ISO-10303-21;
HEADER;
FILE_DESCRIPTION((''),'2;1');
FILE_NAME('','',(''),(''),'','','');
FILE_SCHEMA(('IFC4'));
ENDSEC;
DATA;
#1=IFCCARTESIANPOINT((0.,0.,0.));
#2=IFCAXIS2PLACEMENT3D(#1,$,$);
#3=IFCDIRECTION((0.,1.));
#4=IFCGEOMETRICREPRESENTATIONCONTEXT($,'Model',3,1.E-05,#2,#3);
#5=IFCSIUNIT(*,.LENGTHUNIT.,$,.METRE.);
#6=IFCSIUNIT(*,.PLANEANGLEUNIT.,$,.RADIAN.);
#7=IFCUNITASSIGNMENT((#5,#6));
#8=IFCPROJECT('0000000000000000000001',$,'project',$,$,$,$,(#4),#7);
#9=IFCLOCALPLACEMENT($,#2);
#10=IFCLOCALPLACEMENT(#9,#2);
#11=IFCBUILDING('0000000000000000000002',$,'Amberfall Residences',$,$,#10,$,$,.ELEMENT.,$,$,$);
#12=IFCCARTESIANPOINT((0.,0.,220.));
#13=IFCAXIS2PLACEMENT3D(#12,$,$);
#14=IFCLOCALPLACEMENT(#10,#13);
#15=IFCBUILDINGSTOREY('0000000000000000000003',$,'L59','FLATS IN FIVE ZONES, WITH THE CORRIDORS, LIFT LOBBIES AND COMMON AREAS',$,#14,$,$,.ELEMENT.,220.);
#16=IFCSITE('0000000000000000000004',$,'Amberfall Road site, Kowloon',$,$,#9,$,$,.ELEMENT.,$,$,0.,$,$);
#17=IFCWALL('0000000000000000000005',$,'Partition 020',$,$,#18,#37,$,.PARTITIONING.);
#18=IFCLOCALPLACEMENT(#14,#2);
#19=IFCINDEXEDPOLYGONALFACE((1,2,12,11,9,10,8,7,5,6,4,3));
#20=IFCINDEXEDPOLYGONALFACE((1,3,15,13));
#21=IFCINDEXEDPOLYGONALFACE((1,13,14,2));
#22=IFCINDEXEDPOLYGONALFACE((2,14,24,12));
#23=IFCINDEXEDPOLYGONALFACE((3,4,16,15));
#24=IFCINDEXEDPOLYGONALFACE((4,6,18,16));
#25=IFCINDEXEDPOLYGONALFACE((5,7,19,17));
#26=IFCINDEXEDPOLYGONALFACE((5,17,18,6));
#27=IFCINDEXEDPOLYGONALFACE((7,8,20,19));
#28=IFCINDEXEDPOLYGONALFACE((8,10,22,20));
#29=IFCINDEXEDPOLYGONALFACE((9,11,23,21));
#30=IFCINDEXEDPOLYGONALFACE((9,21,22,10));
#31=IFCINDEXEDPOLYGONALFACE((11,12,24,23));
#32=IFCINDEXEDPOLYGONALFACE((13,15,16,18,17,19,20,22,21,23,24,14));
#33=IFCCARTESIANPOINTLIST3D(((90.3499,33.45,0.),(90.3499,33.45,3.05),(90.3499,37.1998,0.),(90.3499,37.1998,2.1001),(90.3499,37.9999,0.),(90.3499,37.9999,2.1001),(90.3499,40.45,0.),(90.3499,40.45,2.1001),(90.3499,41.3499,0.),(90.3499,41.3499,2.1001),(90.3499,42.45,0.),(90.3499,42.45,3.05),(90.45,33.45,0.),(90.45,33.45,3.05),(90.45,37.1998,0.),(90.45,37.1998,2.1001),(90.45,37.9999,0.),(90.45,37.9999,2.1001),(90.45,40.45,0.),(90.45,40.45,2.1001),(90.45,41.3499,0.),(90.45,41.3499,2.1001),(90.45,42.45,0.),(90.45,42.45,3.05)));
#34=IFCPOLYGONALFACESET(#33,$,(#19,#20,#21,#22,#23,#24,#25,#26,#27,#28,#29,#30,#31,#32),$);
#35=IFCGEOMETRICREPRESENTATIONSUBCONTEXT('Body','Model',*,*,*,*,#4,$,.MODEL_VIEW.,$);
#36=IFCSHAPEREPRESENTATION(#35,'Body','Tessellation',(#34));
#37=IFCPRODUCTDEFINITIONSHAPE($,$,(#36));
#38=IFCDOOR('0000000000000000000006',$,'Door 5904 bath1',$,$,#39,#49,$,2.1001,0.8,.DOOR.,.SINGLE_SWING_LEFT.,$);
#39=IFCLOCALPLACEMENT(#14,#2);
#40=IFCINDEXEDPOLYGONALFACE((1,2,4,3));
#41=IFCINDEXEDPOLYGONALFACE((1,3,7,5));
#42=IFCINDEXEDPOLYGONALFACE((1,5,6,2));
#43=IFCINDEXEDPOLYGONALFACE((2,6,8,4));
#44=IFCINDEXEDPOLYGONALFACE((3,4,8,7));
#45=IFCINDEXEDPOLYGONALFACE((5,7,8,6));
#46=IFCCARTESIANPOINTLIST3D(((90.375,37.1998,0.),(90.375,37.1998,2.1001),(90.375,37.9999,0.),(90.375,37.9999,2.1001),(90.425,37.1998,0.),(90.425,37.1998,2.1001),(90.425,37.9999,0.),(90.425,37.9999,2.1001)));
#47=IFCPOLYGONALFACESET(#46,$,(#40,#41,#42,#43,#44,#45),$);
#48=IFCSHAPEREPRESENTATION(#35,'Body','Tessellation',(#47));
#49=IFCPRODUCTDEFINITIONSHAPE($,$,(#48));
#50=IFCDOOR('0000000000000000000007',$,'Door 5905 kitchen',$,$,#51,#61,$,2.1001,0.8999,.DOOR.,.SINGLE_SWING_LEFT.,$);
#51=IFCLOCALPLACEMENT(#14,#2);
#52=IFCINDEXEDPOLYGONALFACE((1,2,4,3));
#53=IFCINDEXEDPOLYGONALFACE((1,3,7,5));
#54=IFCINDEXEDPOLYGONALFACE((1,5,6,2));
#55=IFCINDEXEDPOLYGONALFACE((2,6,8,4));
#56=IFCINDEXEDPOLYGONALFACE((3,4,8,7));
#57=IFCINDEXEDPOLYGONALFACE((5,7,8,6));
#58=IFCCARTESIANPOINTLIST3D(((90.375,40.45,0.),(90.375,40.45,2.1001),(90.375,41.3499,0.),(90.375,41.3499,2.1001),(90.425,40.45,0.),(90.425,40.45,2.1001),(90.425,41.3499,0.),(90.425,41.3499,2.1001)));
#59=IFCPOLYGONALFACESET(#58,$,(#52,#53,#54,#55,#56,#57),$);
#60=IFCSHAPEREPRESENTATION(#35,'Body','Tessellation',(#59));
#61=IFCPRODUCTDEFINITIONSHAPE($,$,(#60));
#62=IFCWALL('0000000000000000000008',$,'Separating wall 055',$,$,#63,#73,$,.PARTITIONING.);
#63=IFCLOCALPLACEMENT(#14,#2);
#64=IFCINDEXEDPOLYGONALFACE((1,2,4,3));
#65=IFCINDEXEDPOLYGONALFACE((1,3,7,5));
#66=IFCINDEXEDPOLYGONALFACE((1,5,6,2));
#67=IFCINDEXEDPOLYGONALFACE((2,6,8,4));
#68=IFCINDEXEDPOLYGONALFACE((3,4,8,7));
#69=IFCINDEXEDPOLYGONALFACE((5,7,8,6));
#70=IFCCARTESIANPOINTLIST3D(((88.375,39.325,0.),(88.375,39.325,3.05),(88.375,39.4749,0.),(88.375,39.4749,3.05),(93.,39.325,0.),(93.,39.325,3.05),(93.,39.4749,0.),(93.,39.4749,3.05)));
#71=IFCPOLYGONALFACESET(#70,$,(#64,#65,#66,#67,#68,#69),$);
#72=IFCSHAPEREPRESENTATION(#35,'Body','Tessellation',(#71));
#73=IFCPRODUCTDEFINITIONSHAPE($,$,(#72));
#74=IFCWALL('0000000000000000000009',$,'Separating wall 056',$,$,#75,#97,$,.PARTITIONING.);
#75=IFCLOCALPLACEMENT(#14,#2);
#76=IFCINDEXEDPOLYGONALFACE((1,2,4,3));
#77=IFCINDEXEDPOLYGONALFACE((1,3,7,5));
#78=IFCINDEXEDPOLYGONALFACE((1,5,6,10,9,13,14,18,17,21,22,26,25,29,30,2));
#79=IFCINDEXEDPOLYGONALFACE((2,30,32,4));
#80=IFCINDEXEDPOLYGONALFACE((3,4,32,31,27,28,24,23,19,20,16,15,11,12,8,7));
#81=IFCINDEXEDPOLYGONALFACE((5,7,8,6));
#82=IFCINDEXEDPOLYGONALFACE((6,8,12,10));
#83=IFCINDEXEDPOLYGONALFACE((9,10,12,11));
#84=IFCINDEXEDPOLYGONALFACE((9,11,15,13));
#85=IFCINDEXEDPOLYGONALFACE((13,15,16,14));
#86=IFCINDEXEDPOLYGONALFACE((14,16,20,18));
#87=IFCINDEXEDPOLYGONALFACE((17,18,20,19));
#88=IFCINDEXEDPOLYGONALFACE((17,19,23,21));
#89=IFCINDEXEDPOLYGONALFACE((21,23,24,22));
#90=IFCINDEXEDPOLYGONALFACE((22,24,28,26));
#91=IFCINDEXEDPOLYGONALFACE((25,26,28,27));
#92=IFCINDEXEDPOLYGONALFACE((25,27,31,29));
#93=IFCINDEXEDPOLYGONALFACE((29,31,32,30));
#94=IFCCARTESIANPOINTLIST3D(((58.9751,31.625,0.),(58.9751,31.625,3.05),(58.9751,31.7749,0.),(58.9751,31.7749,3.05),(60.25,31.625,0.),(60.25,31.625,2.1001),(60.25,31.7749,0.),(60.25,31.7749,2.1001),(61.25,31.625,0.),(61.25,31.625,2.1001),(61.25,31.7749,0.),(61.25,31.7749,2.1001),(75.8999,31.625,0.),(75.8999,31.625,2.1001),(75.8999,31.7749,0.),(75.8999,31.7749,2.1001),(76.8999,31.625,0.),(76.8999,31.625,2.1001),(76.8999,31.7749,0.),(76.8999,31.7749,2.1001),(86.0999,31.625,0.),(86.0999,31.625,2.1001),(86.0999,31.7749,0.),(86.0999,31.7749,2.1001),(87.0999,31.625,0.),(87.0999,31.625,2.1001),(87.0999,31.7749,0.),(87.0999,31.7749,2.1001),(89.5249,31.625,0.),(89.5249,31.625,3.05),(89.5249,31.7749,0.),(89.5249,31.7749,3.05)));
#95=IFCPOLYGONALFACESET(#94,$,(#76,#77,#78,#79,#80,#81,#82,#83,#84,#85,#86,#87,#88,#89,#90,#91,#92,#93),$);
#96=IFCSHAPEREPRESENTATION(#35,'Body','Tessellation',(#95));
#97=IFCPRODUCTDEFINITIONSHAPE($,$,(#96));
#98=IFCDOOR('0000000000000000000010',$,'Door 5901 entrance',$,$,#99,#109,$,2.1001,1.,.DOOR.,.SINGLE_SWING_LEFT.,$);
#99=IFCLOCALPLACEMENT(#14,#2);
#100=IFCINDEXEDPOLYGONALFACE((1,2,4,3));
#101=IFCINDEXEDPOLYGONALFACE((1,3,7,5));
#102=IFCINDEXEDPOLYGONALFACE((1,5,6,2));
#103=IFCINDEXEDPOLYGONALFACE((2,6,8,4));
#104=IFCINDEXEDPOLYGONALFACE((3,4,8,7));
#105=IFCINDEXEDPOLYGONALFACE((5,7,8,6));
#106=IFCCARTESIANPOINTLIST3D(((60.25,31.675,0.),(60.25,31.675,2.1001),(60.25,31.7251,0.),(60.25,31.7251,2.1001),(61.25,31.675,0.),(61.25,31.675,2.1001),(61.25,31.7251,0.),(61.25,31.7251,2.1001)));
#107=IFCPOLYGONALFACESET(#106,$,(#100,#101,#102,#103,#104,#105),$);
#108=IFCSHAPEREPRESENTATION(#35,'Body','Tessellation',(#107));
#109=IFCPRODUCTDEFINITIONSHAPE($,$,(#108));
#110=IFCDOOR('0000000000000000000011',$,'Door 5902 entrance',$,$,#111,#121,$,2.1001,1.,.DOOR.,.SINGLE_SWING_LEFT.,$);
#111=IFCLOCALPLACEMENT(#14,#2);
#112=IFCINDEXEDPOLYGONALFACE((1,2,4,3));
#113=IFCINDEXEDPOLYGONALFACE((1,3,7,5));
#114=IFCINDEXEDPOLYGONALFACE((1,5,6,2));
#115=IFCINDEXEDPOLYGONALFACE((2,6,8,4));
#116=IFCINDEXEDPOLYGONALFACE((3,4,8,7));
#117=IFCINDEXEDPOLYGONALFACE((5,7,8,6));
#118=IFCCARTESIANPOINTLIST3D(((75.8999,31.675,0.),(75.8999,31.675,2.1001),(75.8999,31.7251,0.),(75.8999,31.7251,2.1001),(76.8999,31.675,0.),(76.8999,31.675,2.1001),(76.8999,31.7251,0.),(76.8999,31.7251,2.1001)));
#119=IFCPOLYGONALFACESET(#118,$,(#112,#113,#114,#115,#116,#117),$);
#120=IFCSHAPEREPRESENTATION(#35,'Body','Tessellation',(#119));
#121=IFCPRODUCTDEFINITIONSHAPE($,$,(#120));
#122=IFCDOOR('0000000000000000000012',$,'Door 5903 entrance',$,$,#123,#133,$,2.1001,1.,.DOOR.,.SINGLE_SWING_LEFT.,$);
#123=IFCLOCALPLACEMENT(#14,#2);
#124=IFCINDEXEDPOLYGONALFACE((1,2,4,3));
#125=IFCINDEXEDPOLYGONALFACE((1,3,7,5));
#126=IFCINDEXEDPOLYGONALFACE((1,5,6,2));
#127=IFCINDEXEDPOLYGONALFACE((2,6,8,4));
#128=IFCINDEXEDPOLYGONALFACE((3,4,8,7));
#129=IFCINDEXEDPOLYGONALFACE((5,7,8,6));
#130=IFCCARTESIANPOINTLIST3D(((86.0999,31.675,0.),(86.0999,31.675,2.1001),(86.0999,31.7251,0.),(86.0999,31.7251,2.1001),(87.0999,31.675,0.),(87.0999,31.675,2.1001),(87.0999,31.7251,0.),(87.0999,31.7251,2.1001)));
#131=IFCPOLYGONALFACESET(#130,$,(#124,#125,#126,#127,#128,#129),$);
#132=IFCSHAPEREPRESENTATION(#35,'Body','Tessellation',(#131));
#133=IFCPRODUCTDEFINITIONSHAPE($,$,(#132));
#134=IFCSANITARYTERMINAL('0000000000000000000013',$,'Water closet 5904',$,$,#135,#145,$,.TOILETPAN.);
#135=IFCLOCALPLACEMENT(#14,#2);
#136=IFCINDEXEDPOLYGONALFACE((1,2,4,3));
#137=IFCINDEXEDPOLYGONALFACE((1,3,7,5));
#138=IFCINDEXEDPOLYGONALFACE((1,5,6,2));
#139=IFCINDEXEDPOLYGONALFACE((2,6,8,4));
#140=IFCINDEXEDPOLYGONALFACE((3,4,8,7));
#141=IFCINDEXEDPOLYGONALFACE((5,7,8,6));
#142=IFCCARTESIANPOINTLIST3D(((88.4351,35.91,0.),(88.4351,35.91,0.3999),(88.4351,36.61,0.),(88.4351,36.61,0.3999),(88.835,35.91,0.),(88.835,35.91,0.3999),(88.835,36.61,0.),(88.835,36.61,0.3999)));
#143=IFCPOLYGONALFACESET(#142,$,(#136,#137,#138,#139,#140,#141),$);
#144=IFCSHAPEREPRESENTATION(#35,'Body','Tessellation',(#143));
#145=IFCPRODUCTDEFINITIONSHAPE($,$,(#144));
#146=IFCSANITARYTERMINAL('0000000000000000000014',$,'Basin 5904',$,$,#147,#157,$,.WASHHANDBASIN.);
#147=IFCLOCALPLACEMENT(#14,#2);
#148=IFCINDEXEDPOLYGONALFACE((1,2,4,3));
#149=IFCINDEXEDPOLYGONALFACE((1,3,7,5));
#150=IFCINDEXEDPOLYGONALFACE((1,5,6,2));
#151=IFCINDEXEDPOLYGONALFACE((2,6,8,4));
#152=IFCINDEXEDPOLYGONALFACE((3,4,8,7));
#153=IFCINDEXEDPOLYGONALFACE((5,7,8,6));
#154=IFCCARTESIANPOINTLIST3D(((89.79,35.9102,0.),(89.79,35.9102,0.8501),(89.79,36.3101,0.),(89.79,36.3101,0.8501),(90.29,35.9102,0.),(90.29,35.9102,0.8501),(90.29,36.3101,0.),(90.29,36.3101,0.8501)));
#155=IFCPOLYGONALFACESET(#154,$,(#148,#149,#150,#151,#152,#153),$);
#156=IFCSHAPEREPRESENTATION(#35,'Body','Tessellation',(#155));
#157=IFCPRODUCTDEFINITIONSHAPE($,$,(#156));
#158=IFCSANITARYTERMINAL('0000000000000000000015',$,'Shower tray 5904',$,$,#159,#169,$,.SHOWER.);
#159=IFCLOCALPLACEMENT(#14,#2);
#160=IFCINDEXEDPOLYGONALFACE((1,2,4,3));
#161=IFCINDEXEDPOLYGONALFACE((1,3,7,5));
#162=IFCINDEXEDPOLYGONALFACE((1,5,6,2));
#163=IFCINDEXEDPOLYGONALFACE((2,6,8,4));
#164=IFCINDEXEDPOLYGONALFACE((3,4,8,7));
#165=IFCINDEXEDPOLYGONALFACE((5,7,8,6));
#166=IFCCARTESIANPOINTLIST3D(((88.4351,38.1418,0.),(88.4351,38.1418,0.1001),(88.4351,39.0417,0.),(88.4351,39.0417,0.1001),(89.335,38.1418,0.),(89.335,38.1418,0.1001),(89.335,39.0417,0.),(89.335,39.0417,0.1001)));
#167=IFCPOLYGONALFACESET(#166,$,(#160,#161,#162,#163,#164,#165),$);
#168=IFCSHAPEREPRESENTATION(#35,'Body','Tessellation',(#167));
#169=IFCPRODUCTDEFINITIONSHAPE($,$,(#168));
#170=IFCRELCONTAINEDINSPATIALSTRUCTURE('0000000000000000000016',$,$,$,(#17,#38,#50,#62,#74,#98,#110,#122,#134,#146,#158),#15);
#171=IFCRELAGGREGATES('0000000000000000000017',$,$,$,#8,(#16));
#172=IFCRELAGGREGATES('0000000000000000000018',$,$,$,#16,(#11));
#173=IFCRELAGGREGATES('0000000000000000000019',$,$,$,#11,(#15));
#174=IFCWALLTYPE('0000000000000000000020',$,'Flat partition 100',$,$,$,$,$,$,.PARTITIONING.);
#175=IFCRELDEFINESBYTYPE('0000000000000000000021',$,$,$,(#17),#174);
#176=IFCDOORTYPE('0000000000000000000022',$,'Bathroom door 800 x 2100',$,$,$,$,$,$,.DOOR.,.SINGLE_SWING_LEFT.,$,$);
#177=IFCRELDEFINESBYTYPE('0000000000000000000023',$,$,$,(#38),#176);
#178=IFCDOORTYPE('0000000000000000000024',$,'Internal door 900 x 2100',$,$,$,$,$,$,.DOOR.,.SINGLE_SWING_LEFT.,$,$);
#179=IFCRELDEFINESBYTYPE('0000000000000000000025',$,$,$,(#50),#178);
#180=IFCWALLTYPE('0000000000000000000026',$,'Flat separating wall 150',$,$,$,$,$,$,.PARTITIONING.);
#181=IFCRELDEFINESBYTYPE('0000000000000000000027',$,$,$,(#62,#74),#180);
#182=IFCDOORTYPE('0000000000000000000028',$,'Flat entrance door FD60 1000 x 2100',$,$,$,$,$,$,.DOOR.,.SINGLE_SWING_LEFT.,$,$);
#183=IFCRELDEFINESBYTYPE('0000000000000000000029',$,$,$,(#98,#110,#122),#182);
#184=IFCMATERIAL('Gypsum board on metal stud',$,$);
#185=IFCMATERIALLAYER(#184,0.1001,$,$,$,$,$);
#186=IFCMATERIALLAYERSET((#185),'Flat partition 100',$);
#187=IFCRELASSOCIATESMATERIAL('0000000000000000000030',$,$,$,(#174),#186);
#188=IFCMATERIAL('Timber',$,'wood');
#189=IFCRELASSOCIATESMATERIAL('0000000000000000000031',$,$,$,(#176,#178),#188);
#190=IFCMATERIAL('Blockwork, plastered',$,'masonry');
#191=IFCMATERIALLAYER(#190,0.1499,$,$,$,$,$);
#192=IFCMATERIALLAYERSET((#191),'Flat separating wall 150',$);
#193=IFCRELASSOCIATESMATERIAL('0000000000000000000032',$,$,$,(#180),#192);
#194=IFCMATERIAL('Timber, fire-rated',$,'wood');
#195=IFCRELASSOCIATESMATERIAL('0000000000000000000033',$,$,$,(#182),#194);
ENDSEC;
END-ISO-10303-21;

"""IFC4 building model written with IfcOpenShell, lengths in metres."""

from ifc_helpers import new_model, si_unit, direction, frame, frame_2d, origin, origin_2d, place, context, subcontext, project, spatial, rectangle, extrude, material, layer, layer_set, type_object, element, fill, save


model = new_model("IFC4")

# Units and contexts
model_context = context("Model", 3, precision=1e-05, world=origin(), true_north=direction((0.0, 1.0)))
body_context = subcontext(model_context, "Body", "Model", "MODEL_VIEW")
ifc_project = project(units=[si_unit("LENGTHUNIT", "METRE"), si_unit("PLANEANGLEUNIT", "RADIAN")], contexts=[model_context])

# Site, building, storey
site_placement = place(None, origin())
site = spatial("IfcSite", under=ifc_project, at=site_placement, Name="Amberfall Road site, Kowloon", CompositionType="ELEMENT", RefElevation=0.0)
building_placement = place(site_placement, origin())
building = spatial("IfcBuilding", under=site, at=building_placement, Name="Amberfall Residences", CompositionType="ELEMENT")
storey_placement = place(building_placement, frame((0.0, 0.0, 220.0)))
storey = spatial("IfcBuildingStorey", under=building, at=storey_placement, Name="L59", Description="FLATS IN FIVE ZONES, WITH THE CORRIDORS, LIFT LOBBIES AND COMMON AREAS", CompositionType="ELEMENT", Elevation=220.0)

# Wall, openings, doors
ifc_material_1 = material(Name="Gypsum board on metal stud")
ifc_layer_1 = layer(ifc_material_1, 0.1001)
ifc_layer_set_1 = layer_set([ifc_layer_1], Name="Flat partition 100")
wall_type_1 = type_object("IfcWallType", Name="Flat partition 100", PredefinedType="PARTITIONING", material=ifc_layer_set_1)
wall_1_placement = place(storey_placement, frame((90.3999, 33.45, 0.0), z_axis=(0.0, 0.0, 1.0), x_axis=(0.0, 1.0, 0.0)))
wall_1 = element("IfcWall", 1, at=wall_1_placement, inside=storey, type_object=wall_type_1, Name="Partition 020", PredefinedType="PARTITIONING", context=body_context, shape_type="SweptSolid", body=[
    extrude(rectangle(XDim=9.0, YDim=0.1001, at=frame_2d((4.5, 0.0))), origin(), (0.0, 0.0, 1.0), 3.05),
])
opening_1_placement = place(wall_1_placement, frame((3.75, 0.0, 0.0)))
opening_1 = element("IfcOpeningElement", 2, at=opening_1_placement, cuts=wall_1, PredefinedType="OPENING", context=body_context, shape_type="SweptSolid", body=[
    extrude(rectangle(XDim=0.8, YDim=2.1001, at=frame_2d((0.3999, 1.05))), frame((0.0, 0.0601, 0.0), z_axis=(0.0, -1.0, 0.0), x_axis=(1.0, 0.0, 0.0)), (0.0, 0.0, 1.0), 0.1201),
])
opening_2_placement = place(wall_1_placement, frame((7.0, 0.0, 0.0)))
opening_2 = element("IfcOpeningElement", 3, at=opening_2_placement, cuts=wall_1, PredefinedType="OPENING", context=body_context, shape_type="SweptSolid", body=[
    extrude(rectangle(XDim=0.8999, YDim=2.1001, at=frame_2d((0.45, 1.05))), frame((0.0, 0.0601, 0.0), z_axis=(0.0, -1.0, 0.0), x_axis=(1.0, 0.0, 0.0)), (0.0, 0.0, 1.0), 0.1201),
])
ifc_material_2 = material(Name="Timber", Category="wood")
door_type_1 = type_object("IfcDoorType", Name="Bathroom door 800 x 2100", OperationType="SINGLE_SWING_LEFT", PredefinedType="DOOR", material=ifc_material_2)
door_1_placement = place(opening_1_placement, origin())
door_1 = element("IfcDoor", 4, at=door_1_placement, inside=storey, type_object=door_type_1, Name="Door 5904 bath1", OperationType="SINGLE_SWING_LEFT", OverallHeight=2.1001, OverallWidth=0.8, PredefinedType="DOOR", context=body_context, shape_type="SweptSolid", body=[
    extrude(rectangle(XDim=0.8, YDim=2.1001, at=frame_2d((0.3999, 1.05))), frame((0.0, 0.0249, 0.0), z_axis=(0.0, -1.0, 0.0), x_axis=(1.0, 0.0, 0.0)), (0.0, 0.0, 1.0), 0.05),
])
fill(opening_1, door_1)
door_type_2 = type_object("IfcDoorType", Name="Internal door 900 x 2100", OperationType="SINGLE_SWING_LEFT", PredefinedType="DOOR", material=ifc_material_2)
door_2_placement = place(opening_2_placement, origin())
door_2 = element("IfcDoor", 5, at=door_2_placement, inside=storey, type_object=door_type_2, Name="Door 5905 kitchen", OperationType="SINGLE_SWING_LEFT", OverallHeight=2.1001, OverallWidth=0.8999, PredefinedType="DOOR", context=body_context, shape_type="SweptSolid", body=[
    extrude(rectangle(XDim=0.8999, YDim=2.1001, at=frame_2d((0.45, 1.05))), frame((0.0, 0.0249, 0.0), z_axis=(0.0, -1.0, 0.0), x_axis=(1.0, 0.0, 0.0)), (0.0, 0.0, 1.0), 0.05),
])
fill(opening_2, door_2)

# Wall
ifc_material_3 = material(Name="Blockwork, plastered", Category="masonry")
ifc_layer_2 = layer(ifc_material_3, 0.1499)
ifc_layer_set_2 = layer_set([ifc_layer_2], Name="Flat separating wall 150")
wall_type_2 = type_object("IfcWallType", Name="Flat separating wall 150", PredefinedType="PARTITIONING", material=ifc_layer_set_2)
wall_2_placement = place(storey_placement, frame((88.375, 39.3999, 0.0), z_axis=(0.0, 0.0, 1.0), x_axis=(1.0, 0.0, 0.0)))
element("IfcWall", 6, at=wall_2_placement, inside=storey, type_object=wall_type_2, Name="Separating wall 055", PredefinedType="PARTITIONING", context=body_context, shape_type="SweptSolid", body=[
    extrude(rectangle(XDim=4.625, YDim=0.1499, at=frame_2d((2.3125, 0.0))), origin(), (0.0, 0.0, 1.0), 3.05),
])

# Wall, openings, doors
wall_3_placement = place(storey_placement, frame((89.5249, 31.7, 0.0), z_axis=(0.0, 0.0, 1.0), x_axis=(-1.0, 0.0, 0.0)))
wall_3 = element("IfcWall", 7, at=wall_3_placement, inside=storey, type_object=wall_type_2, Name="Separating wall 056", PredefinedType="PARTITIONING", context=body_context, shape_type="SweptSolid", body=[
    extrude(rectangle(XDim=30.5498, YDim=0.1499, at=frame_2d((15.2749, 0.0))), origin(), (0.0, 0.0, 1.0), 3.05),
])
opening_3_placement = place(wall_3_placement, frame((28.2749, 0.0, 0.0)))
opening_3 = element("IfcOpeningElement", 8, at=opening_3_placement, cuts=wall_3, PredefinedType="OPENING", context=body_context, shape_type="SweptSolid", body=[
    extrude(rectangle(XDim=1.0, YDim=2.1001, at=frame_2d((0.5, 1.05))), frame((0.0, 0.085, 0.0), z_axis=(0.0, -1.0, 0.0), x_axis=(1.0, 0.0, 0.0)), (0.0, 0.0, 1.0), 0.1699),
])
opening_4_placement = place(wall_3_placement, frame((12.625, 0.0, 0.0)))
opening_4 = element("IfcOpeningElement", 9, at=opening_4_placement, cuts=wall_3, PredefinedType="OPENING", context=body_context, shape_type="SweptSolid", body=[
    extrude(rectangle(XDim=1.0, YDim=2.1001, at=frame_2d((0.5, 1.05))), frame((0.0, 0.085, 0.0), z_axis=(0.0, -1.0, 0.0), x_axis=(1.0, 0.0, 0.0)), (0.0, 0.0, 1.0), 0.1699),
])
opening_5_placement = place(wall_3_placement, frame((2.425, 0.0, 0.0)))
opening_5 = element("IfcOpeningElement", 10, at=opening_5_placement, cuts=wall_3, PredefinedType="OPENING", context=body_context, shape_type="SweptSolid", body=[
    extrude(rectangle(XDim=1.0, YDim=2.1001, at=frame_2d((0.5, 1.05))), frame((0.0, 0.085, 0.0), z_axis=(0.0, -1.0, 0.0), x_axis=(1.0, 0.0, 0.0)), (0.0, 0.0, 1.0), 0.1699),
])
ifc_material_4 = material(Name="Timber, fire-rated", Category="wood")
door_type_3 = type_object("IfcDoorType", Name="Flat entrance door FD60 1000 x 2100", OperationType="SINGLE_SWING_LEFT", PredefinedType="DOOR", material=ifc_material_4)
door_3_placement = place(opening_3_placement, origin())
door_3 = element("IfcDoor", 11, at=door_3_placement, inside=storey, type_object=door_type_3, Name="Door 5901 entrance", OperationType="SINGLE_SWING_LEFT", OverallHeight=2.1001, OverallWidth=1.0, PredefinedType="DOOR", context=body_context, shape_type="SweptSolid", body=[
    extrude(rectangle(XDim=1.0, YDim=2.1001, at=frame_2d((0.5, 1.05))), frame((0.0, 0.0249, 0.0), z_axis=(0.0, -1.0, 0.0), x_axis=(1.0, 0.0, 0.0)), (0.0, 0.0, 1.0), 0.05),
])
fill(opening_3, door_3)
door_4_placement = place(opening_4_placement, origin())
door_4 = element("IfcDoor", 12, at=door_4_placement, inside=storey, type_object=door_type_3, Name="Door 5902 entrance", OperationType="SINGLE_SWING_LEFT", OverallHeight=2.1001, OverallWidth=1.0, PredefinedType="DOOR", context=body_context, shape_type="SweptSolid", body=[
    extrude(rectangle(XDim=1.0, YDim=2.1001, at=frame_2d((0.5, 1.05))), frame((0.0, 0.0249, 0.0), z_axis=(0.0, -1.0, 0.0), x_axis=(1.0, 0.0, 0.0)), (0.0, 0.0, 1.0), 0.05),
])
fill(opening_4, door_4)
door_5_placement = place(opening_5_placement, origin())
door_5 = element("IfcDoor", 13, at=door_5_placement, inside=storey, type_object=door_type_3, Name="Door 5903 entrance", OperationType="SINGLE_SWING_LEFT", OverallHeight=2.1001, OverallWidth=1.0, PredefinedType="DOOR", context=body_context, shape_type="SweptSolid", body=[
    extrude(rectangle(XDim=1.0, YDim=2.1001, at=frame_2d((0.5, 1.05))), frame((0.0, 0.0249, 0.0), z_axis=(0.0, -1.0, 0.0), x_axis=(1.0, 0.0, 0.0)), (0.0, 0.0, 1.0), 0.05),
])
fill(opening_5, door_5)

# Sanitary terminals
sanitary_terminal_1_placement = place(storey_placement, frame((88.635, 36.26, 0.0), z_axis=(0.0, 0.0, 1.0), x_axis=(1.0, 0.0, 0.0)))
element("IfcSanitaryTerminal", 14, at=sanitary_terminal_1_placement, inside=storey, Name="Water closet 5904", PredefinedType="TOILETPAN", context=body_context, shape_type="SweptSolid", body=[
    extrude(rectangle(XDim=0.3999, YDim=0.7, at=origin_2d()), origin(), (0.0, 0.0, 1.0), 0.3999),
])
sanitary_terminal_2_placement = place(storey_placement, frame((90.04, 36.1101, 0.0), z_axis=(0.0, 0.0, 1.0), x_axis=(1.0, 0.0, 0.0)))
element("IfcSanitaryTerminal", 15, at=sanitary_terminal_2_placement, inside=storey, Name="Basin 5904", PredefinedType="WASHHANDBASIN", context=body_context, shape_type="SweptSolid", body=[
    extrude(rectangle(XDim=0.5, YDim=0.3999, at=origin_2d()), origin(), (0.0, 0.0, 1.0), 0.8501),
])
sanitary_terminal_3_placement = place(storey_placement, frame((88.885, 38.5918, 0.0), z_axis=(0.0, 0.0, 1.0), x_axis=(1.0, 0.0, 0.0)))
element("IfcSanitaryTerminal", 16, at=sanitary_terminal_3_placement, inside=storey, Name="Shower tray 5904", PredefinedType="SHOWER", context=body_context, shape_type="SweptSolid", body=[
    extrude(rectangle(XDim=0.8999, YDim=0.8999, at=origin_2d()), origin(), (0.0, 0.0, 1.0), 0.1001),
])

save(model, "model.ifc")
